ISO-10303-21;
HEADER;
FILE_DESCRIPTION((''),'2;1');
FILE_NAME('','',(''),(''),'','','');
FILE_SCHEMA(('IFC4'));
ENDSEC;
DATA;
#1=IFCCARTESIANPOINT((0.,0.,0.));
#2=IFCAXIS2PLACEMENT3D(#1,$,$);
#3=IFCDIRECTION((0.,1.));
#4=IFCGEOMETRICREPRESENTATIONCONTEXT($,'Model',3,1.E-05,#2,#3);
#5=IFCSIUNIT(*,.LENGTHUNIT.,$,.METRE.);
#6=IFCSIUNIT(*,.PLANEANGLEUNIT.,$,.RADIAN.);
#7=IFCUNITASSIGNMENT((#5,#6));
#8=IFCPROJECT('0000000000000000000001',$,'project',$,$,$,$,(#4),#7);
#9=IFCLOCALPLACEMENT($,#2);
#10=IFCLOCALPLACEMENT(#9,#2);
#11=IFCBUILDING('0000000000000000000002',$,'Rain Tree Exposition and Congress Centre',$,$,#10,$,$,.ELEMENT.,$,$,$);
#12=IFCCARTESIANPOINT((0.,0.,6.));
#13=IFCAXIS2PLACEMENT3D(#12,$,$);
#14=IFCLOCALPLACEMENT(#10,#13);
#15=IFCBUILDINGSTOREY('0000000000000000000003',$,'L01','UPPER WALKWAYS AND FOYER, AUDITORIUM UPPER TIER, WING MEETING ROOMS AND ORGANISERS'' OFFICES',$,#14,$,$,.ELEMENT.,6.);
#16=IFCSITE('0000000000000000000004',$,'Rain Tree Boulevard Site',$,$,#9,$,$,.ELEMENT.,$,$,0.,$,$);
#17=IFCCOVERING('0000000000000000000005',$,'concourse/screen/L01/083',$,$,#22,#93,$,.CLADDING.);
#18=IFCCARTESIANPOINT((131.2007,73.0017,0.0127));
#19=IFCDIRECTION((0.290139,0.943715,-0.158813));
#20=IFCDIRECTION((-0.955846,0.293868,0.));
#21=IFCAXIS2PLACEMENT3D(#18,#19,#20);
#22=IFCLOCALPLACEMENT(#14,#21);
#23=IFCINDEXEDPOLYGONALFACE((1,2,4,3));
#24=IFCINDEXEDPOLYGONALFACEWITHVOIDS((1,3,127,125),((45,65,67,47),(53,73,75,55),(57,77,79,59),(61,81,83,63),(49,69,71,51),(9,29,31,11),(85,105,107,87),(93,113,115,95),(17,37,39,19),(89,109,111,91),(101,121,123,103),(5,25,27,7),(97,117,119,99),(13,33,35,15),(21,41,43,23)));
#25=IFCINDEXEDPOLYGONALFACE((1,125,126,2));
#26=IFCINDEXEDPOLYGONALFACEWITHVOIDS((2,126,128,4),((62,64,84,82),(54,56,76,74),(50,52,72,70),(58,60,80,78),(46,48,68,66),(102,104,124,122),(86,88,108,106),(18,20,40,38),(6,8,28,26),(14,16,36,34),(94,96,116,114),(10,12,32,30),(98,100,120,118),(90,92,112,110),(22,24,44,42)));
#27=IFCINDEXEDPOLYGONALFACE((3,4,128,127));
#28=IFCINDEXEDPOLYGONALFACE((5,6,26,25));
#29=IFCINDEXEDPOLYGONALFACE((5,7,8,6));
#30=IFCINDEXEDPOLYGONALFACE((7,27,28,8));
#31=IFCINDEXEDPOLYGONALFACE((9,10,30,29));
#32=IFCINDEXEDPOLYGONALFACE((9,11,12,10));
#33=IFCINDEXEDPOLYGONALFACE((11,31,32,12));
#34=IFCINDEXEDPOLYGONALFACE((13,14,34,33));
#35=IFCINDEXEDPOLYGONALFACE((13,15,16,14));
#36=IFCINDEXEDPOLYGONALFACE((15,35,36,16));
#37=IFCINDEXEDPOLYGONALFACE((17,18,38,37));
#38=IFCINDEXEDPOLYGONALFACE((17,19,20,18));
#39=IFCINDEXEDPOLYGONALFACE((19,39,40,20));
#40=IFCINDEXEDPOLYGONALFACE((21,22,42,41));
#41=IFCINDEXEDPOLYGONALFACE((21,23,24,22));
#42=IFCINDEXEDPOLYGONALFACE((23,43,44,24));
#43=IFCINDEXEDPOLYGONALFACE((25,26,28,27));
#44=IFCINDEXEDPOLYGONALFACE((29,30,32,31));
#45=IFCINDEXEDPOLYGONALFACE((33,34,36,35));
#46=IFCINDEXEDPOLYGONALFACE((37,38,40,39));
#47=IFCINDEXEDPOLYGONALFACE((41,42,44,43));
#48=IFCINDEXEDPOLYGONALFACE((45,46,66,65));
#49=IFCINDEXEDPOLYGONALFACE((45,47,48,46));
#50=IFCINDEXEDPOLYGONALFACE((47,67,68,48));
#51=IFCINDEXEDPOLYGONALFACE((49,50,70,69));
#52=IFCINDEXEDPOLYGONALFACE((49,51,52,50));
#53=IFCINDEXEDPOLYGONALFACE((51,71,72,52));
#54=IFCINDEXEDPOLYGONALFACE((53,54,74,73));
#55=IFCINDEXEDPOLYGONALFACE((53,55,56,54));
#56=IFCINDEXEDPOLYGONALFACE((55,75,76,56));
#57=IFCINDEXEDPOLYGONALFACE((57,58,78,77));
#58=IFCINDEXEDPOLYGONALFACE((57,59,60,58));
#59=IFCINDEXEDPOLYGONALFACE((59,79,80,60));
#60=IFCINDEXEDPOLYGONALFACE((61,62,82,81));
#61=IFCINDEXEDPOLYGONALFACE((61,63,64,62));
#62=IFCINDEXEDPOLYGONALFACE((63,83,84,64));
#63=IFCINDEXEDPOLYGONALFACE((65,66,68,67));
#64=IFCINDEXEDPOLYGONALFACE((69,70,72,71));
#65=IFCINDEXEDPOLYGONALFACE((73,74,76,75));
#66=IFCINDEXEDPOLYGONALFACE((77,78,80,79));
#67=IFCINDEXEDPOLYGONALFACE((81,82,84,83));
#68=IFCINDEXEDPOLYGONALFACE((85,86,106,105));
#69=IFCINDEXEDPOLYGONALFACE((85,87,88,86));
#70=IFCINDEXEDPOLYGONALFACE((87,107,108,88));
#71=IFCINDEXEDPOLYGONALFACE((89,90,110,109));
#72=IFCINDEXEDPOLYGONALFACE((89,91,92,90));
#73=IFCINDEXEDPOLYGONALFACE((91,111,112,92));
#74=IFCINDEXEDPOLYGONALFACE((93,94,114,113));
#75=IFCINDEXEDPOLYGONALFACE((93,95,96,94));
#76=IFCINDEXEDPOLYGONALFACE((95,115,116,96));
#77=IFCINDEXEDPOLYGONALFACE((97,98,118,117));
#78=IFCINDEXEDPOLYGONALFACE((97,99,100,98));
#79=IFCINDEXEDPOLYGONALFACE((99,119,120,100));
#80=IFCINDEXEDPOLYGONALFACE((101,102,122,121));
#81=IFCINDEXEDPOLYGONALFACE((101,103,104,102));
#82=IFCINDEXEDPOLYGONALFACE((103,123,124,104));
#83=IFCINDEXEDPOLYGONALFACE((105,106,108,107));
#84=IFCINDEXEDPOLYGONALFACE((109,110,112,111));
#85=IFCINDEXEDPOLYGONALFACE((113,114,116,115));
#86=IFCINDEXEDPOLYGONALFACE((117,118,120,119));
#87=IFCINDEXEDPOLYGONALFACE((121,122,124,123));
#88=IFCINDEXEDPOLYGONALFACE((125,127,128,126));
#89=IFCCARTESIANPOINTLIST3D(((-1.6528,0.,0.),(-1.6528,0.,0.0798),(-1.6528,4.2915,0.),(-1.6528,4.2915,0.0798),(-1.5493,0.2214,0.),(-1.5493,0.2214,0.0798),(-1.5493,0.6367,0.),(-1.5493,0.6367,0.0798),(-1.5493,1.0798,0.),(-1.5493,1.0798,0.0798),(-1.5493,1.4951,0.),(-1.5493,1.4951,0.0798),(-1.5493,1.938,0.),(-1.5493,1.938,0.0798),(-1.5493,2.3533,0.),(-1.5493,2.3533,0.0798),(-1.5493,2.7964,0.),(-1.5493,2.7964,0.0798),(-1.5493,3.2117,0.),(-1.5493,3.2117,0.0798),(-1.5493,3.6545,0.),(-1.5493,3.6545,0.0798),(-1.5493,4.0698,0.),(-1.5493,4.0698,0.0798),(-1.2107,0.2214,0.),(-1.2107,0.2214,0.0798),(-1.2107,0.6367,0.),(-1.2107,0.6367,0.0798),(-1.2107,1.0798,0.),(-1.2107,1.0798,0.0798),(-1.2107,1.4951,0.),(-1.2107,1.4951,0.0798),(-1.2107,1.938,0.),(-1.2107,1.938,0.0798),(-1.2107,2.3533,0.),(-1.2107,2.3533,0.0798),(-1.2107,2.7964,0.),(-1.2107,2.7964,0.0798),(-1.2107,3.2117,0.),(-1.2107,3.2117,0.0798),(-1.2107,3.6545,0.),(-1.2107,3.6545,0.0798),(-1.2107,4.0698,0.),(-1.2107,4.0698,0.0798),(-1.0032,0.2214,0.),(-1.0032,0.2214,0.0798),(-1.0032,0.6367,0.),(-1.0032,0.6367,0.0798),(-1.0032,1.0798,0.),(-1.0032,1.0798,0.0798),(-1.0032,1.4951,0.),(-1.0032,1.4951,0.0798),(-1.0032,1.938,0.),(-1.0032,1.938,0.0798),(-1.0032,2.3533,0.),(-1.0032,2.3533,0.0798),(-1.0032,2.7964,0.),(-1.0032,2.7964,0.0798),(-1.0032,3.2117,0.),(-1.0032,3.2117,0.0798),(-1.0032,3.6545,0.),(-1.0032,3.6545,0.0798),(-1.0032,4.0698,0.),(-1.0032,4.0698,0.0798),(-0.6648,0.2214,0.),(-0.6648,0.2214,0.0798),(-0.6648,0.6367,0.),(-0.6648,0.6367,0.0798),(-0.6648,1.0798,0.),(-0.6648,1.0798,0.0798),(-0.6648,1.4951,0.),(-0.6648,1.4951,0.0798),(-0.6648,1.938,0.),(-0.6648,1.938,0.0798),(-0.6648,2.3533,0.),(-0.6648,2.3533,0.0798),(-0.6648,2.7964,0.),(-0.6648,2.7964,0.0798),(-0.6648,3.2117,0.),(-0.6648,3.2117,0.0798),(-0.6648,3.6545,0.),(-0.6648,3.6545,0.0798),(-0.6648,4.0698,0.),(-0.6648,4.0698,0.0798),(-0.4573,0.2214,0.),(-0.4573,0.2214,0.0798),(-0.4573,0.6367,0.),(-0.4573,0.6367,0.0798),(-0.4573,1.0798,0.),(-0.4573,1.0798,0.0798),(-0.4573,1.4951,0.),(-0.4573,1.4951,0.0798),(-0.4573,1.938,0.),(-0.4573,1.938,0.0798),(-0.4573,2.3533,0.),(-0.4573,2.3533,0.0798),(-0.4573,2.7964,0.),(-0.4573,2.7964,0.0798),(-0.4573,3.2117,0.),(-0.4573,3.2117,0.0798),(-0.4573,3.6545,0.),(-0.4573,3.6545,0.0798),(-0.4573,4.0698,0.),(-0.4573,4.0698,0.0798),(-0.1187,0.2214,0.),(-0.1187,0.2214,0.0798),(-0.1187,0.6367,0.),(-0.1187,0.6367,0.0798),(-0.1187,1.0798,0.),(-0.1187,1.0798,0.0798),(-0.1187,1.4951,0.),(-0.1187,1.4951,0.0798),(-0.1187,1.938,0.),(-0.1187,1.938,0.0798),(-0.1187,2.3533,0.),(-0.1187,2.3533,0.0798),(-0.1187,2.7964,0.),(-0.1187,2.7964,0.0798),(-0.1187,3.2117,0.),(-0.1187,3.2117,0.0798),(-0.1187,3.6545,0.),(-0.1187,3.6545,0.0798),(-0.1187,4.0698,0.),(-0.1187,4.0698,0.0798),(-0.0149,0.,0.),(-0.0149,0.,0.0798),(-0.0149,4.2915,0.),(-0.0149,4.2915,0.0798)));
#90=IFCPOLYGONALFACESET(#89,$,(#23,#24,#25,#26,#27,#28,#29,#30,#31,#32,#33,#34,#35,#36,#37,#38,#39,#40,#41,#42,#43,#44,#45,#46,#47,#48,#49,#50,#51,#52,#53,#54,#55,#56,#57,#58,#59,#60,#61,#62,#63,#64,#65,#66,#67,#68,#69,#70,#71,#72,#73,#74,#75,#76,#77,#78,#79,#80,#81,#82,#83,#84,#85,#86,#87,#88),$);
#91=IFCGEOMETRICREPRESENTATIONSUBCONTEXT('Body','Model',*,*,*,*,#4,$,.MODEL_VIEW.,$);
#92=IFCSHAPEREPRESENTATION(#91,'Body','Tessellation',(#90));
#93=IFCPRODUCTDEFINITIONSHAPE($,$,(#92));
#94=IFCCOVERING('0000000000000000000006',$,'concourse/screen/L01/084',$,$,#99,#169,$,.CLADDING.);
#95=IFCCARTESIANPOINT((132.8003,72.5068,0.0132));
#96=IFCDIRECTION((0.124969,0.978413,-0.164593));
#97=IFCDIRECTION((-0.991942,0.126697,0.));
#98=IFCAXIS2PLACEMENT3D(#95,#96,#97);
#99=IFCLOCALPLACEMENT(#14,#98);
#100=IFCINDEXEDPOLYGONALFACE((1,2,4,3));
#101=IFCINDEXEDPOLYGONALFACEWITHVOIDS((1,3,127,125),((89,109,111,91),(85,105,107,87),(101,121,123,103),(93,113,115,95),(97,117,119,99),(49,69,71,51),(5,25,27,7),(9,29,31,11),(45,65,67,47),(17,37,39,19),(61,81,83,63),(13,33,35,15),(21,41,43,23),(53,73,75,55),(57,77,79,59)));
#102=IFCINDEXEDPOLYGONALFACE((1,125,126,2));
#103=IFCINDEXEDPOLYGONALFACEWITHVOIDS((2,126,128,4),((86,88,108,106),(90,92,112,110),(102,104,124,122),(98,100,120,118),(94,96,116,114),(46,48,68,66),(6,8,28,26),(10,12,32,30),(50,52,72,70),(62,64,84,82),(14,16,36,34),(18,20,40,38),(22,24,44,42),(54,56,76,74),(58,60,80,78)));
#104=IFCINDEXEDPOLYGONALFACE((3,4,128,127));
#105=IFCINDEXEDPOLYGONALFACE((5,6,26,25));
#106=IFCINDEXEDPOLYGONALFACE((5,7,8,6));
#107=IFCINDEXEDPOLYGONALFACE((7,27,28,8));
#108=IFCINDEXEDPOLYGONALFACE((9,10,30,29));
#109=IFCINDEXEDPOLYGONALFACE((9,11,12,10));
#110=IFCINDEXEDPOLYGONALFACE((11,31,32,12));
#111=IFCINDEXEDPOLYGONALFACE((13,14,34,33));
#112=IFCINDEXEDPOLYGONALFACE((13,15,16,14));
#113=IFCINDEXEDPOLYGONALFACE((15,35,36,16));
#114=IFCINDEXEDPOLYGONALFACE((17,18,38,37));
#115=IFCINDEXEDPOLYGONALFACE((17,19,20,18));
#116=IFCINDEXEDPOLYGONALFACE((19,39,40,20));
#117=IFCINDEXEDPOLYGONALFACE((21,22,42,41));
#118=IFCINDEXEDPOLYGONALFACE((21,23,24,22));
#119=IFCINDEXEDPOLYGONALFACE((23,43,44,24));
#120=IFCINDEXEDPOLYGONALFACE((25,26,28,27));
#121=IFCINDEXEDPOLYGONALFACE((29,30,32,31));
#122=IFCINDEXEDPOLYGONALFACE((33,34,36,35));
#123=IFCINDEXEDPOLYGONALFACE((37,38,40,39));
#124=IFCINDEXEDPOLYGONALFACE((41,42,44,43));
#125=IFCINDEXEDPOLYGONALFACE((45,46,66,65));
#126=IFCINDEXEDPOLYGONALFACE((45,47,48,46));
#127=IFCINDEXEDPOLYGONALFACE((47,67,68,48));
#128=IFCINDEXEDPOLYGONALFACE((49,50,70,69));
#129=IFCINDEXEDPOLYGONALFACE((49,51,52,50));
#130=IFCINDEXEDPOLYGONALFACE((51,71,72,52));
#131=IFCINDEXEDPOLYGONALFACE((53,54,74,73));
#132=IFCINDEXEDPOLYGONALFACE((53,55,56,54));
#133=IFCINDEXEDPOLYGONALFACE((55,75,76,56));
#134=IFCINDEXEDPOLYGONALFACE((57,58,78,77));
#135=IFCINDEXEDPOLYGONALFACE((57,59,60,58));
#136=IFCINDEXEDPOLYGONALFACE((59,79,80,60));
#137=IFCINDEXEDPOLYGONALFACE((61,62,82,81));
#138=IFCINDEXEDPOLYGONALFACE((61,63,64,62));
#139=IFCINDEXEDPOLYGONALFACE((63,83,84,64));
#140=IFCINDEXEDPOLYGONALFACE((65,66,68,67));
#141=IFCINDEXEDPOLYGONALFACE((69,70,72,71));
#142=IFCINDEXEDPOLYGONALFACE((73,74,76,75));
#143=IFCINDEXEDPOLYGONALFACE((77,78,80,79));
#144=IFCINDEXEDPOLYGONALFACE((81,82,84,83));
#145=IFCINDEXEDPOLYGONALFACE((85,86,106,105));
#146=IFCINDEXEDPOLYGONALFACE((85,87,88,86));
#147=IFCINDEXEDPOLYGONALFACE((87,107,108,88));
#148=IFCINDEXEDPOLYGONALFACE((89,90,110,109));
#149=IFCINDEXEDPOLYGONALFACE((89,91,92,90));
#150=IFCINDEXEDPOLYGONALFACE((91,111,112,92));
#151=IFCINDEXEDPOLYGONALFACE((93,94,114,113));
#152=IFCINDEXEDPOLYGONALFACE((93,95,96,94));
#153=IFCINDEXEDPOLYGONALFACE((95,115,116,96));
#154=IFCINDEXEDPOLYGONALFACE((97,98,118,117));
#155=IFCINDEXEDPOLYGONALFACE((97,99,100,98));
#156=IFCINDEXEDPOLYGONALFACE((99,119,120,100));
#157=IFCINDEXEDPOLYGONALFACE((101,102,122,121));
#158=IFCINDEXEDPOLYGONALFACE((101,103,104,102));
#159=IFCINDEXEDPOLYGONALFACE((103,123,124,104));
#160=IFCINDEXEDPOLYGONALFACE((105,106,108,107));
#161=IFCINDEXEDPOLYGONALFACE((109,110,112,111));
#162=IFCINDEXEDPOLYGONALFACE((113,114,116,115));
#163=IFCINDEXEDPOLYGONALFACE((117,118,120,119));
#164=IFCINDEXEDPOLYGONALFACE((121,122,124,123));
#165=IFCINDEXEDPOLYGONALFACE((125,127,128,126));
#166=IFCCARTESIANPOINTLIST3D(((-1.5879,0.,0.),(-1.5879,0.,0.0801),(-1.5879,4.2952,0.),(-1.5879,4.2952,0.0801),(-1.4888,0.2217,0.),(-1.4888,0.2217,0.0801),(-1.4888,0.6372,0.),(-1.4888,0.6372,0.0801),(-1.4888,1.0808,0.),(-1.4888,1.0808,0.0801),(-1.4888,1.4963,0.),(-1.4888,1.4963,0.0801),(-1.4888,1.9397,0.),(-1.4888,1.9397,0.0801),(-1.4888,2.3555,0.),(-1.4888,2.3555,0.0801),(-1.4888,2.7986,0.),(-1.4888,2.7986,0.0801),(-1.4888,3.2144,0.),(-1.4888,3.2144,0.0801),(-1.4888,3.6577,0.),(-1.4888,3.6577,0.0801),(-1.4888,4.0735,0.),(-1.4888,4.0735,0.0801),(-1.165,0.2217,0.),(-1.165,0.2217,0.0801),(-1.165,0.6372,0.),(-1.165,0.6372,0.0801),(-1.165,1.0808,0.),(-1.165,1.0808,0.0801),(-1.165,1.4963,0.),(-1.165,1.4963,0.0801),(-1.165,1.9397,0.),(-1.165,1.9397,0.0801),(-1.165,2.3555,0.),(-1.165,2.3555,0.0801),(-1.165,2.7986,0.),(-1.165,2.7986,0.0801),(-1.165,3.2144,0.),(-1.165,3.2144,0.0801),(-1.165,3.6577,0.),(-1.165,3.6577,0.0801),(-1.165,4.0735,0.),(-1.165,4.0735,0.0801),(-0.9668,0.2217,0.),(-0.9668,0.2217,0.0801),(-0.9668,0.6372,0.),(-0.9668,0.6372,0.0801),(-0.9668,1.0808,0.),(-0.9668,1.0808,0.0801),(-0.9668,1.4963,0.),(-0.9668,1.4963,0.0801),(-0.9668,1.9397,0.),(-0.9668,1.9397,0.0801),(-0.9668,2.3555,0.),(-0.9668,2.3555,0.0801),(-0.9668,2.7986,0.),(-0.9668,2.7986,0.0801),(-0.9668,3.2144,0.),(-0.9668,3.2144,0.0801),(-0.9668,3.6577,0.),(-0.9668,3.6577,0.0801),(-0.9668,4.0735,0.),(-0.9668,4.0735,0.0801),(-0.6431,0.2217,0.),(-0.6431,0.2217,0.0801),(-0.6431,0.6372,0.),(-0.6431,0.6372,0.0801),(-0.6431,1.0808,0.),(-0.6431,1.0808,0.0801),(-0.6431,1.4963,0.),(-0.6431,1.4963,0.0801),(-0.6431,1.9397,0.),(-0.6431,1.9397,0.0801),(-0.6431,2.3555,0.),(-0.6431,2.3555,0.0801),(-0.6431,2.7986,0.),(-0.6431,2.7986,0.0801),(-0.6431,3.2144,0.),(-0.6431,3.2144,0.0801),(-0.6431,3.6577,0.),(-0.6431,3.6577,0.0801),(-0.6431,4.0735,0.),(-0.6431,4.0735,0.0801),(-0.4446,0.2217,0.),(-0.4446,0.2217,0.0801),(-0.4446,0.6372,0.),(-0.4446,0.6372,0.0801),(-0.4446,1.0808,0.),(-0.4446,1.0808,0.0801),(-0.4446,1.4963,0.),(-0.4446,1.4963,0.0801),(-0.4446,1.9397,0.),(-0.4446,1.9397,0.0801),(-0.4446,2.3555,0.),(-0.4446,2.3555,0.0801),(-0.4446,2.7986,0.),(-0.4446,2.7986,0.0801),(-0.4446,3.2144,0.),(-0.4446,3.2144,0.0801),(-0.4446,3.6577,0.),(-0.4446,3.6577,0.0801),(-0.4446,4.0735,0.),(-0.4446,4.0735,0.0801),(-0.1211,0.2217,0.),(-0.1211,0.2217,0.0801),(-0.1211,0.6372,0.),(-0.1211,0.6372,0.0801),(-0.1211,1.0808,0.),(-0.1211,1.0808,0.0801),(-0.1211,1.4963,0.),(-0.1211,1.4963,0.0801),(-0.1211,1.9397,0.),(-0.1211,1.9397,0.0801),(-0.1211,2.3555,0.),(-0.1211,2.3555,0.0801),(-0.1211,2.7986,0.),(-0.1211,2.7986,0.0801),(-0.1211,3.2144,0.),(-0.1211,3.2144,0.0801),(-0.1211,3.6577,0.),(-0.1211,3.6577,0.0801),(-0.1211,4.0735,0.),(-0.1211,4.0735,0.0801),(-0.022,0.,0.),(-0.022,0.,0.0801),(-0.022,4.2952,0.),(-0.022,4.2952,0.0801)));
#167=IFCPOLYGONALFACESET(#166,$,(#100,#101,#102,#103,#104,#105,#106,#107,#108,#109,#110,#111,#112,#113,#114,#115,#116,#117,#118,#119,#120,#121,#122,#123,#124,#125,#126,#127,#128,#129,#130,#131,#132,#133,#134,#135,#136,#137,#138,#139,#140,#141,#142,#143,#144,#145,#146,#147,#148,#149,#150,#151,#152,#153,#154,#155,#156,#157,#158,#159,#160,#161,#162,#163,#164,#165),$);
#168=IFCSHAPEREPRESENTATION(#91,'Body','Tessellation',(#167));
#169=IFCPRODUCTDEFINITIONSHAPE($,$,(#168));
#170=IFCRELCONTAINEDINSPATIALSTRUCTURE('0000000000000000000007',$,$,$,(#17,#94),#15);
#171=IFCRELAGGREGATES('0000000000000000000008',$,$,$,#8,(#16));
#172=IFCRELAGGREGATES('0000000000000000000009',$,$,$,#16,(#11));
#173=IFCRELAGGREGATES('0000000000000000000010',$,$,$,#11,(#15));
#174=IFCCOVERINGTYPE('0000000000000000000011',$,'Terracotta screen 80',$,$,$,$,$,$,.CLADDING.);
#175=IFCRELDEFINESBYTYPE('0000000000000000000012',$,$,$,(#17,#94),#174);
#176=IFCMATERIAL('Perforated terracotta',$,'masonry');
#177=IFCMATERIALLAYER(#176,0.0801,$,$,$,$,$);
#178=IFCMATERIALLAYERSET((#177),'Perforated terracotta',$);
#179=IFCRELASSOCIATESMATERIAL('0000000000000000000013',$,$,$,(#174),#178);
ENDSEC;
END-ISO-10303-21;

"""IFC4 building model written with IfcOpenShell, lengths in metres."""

from ifc_helpers import new_model, si_unit, direction, frame, origin, place, context, subcontext, project, spatial, polyline, outline, extrude, material, layer, layer_set, type_object, element, save


model = new_model("IFC4")

# Units and contexts
model_context = context("Model", 3, precision=1e-05, world=origin(), true_north=direction((0.0, 1.0)))
body_context = subcontext(model_context, "Body", "Model", "MODEL_VIEW")
ifc_project = project(units=[si_unit("LENGTHUNIT", "METRE"), si_unit("PLANEANGLEUNIT", "RADIAN")], contexts=[model_context])

# Site, building, storey
site_placement = place(None, origin())
site = spatial("IfcSite", under=ifc_project, at=site_placement, Name="Rain Tree Boulevard Site", CompositionType="ELEMENT", RefElevation=0.0)
building_placement = place(site_placement, origin())
building = spatial("IfcBuilding", under=site, at=building_placement, Name="Rain Tree Exposition and Congress Centre", CompositionType="ELEMENT")
storey_placement = place(building_placement, frame((0.0, 0.0, 6.0)))
storey = spatial("IfcBuildingStorey", under=building, at=storey_placement, Name="L01", Description="UPPER WALKWAYS AND FOYER, AUDITORIUM UPPER TIER, WING MEETING ROOMS AND ORGANISERS' OFFICES", CompositionType="ELEMENT", Elevation=6.0)

# Coverings
ifc_material_1 = material(Name="Perforated terracotta", Category="masonry")
ifc_layer_1 = layer(ifc_material_1, 0.0801)
ifc_layer_set_1 = layer_set([ifc_layer_1], Name="Perforated terracotta")
covering_type = type_object("IfcCoveringType", Name="Terracotta screen 80", PredefinedType="CLADDING", material=ifc_layer_set_1)
covering_1_placement = place(storey_placement, frame((131.2007, 73.0017, 0.0127), z_axis=(0.290139, 0.943715, -0.158813), x_axis=(-0.955846, 0.293868, 0.0)))
element("IfcCovering", 1, at=covering_1_placement, inside=storey, type_object=covering_type, Name="concourse/screen/L01/083", PredefinedType="CLADDING", context=body_context, shape_type="SweptSolid", body=[
    extrude(outline(polyline([(-1.6528, 0.0), (-1.6528, 4.2915), (-0.0149, 4.2915), (-0.0149, 0.0), (-1.6528, 0.0)]), holes=[polyline([(-0.1187, 0.2214), (-0.1187, 0.6367), (-0.4573, 0.6367), (-0.4573, 0.2214), (-0.1187, 0.2214)]), polyline([(-0.1187, 1.0798), (-0.1187, 1.4951), (-0.4573, 1.4951), (-0.4573, 1.0798), (-0.1187, 1.0798)]), polyline([(-0.1187, 1.938), (-0.1187, 2.3533), (-0.4573, 2.3533), (-0.4573, 1.938), (-0.1187, 1.938)]), polyline([(-0.1187, 2.7964), (-0.1187, 3.2117), (-0.4573, 3.2117), (-0.4573, 2.7964), (-0.1187, 2.7964)]), polyline([(-0.1187, 3.6545), (-0.1187, 4.0698), (-0.4573, 4.0698), (-0.4573, 3.6545), (-0.1187, 3.6545)]), polyline([(-0.6648, 0.2214), (-0.6648, 0.6367), (-1.0032, 0.6367), (-1.0032, 0.2214), (-0.6648, 0.2214)]), polyline([(-0.6648, 1.0798), (-0.6648, 1.4951), (-1.0032, 1.4951), (-1.0032, 1.0798), (-0.6648, 1.0798)]), polyline([(-0.6648, 1.938), (-0.6648, 2.3533), (-1.0032, 2.3533), (-1.0032, 1.938), (-0.6648, 1.938)]), polyline([(-0.6648, 2.7964), (-0.6648, 3.2117), (-1.0032, 3.2117), (-1.0032, 2.7964), (-0.6648, 2.7964)]), polyline([(-0.6648, 3.6545), (-0.6648, 4.0698), (-1.0032, 4.0698), (-1.0032, 3.6545), (-0.6648, 3.6545)]), polyline([(-1.2107, 0.2214), (-1.2107, 0.6367), (-1.5493, 0.6367), (-1.5493, 0.2214), (-1.2107, 0.2214)]), polyline([(-1.2107, 1.0798), (-1.2107, 1.4951), (-1.5493, 1.4951), (-1.5493, 1.0798), (-1.2107, 1.0798)]), polyline([(-1.2107, 1.938), (-1.2107, 2.3533), (-1.5493, 2.3533), (-1.5493, 1.938), (-1.2107, 1.938)]), polyline([(-1.2107, 2.7964), (-1.2107, 3.2117), (-1.5493, 3.2117), (-1.5493, 2.7964), (-1.2107, 2.7964)]), polyline([(-1.2107, 3.6545), (-1.2107, 4.0698), (-1.5493, 4.0698), (-1.5493, 3.6545), (-1.2107, 3.6545)])]), origin(), (0.0, 0.0, 1.0), 0.0798),
])
covering_2_placement = place(storey_placement, frame((132.8003, 72.5068, 0.0132), z_axis=(0.124969, 0.978413, -0.164593), x_axis=(-0.991942, 0.126697, 0.0)))
element("IfcCovering", 2, at=covering_2_placement, inside=storey, type_object=covering_type, Name="concourse/screen/L01/084", PredefinedType="CLADDING", context=body_context, shape_type="SweptSolid", body=[
    extrude(outline(polyline([(-1.5879, 0.0), (-1.5879, 4.2952), (-0.022, 4.2952), (-0.022, 0.0), (-1.5879, 0.0)]), holes=[polyline([(-0.1211, 0.2217), (-0.1211, 0.6372), (-0.4446, 0.6372), (-0.4446, 0.2217), (-0.1211, 0.2217)]), polyline([(-0.1211, 1.0808), (-0.1211, 1.4963), (-0.4446, 1.4963), (-0.4446, 1.0808), (-0.1211, 1.0808)]), polyline([(-0.1211, 1.9397), (-0.1211, 2.3555), (-0.4446, 2.3555), (-0.4446, 1.9397), (-0.1211, 1.9397)]), polyline([(-0.1211, 2.7986), (-0.1211, 3.2144), (-0.4446, 3.2144), (-0.4446, 2.7986), (-0.1211, 2.7986)]), polyline([(-0.1211, 3.6577), (-0.1211, 4.0735), (-0.4446, 4.0735), (-0.4446, 3.6577), (-0.1211, 3.6577)]), polyline([(-0.6431, 0.2217), (-0.6431, 0.6372), (-0.9668, 0.6372), (-0.9668, 0.2217), (-0.6431, 0.2217)]), polyline([(-0.6431, 1.0808), (-0.6431, 1.4963), (-0.9668, 1.4963), (-0.9668, 1.0808), (-0.6431, 1.0808)]), polyline([(-0.6431, 1.9397), (-0.6431, 2.3555), (-0.9668, 2.3555), (-0.9668, 1.9397), (-0.6431, 1.9397)]), polyline([(-0.6431, 2.7986), (-0.6431, 3.2144), (-0.9668, 3.2144), (-0.9668, 2.7986), (-0.6431, 2.7986)]), polyline([(-0.6431, 3.6577), (-0.6431, 4.0735), (-0.9668, 4.0735), (-0.9668, 3.6577), (-0.6431, 3.6577)]), polyline([(-1.165, 0.2217), (-1.165, 0.6372), (-1.4888, 0.6372), (-1.4888, 0.2217), (-1.165, 0.2217)]), polyline([(-1.165, 1.0808), (-1.165, 1.4963), (-1.4888, 1.4963), (-1.4888, 1.0808), (-1.165, 1.0808)]), polyline([(-1.165, 1.9397), (-1.165, 2.3555), (-1.4888, 2.3555), (-1.4888, 1.9397), (-1.165, 1.9397)]), polyline([(-1.165, 2.7986), (-1.165, 3.2144), (-1.4888, 3.2144), (-1.4888, 2.7986), (-1.165, 2.7986)]), polyline([(-1.165, 3.6577), (-1.165, 4.0735), (-1.4888, 4.0735), (-1.4888, 3.6577), (-1.165, 3.6577)])]), origin(), (0.0, 0.0, 1.0), 0.0801),
])

save(model, "model.ifc")
